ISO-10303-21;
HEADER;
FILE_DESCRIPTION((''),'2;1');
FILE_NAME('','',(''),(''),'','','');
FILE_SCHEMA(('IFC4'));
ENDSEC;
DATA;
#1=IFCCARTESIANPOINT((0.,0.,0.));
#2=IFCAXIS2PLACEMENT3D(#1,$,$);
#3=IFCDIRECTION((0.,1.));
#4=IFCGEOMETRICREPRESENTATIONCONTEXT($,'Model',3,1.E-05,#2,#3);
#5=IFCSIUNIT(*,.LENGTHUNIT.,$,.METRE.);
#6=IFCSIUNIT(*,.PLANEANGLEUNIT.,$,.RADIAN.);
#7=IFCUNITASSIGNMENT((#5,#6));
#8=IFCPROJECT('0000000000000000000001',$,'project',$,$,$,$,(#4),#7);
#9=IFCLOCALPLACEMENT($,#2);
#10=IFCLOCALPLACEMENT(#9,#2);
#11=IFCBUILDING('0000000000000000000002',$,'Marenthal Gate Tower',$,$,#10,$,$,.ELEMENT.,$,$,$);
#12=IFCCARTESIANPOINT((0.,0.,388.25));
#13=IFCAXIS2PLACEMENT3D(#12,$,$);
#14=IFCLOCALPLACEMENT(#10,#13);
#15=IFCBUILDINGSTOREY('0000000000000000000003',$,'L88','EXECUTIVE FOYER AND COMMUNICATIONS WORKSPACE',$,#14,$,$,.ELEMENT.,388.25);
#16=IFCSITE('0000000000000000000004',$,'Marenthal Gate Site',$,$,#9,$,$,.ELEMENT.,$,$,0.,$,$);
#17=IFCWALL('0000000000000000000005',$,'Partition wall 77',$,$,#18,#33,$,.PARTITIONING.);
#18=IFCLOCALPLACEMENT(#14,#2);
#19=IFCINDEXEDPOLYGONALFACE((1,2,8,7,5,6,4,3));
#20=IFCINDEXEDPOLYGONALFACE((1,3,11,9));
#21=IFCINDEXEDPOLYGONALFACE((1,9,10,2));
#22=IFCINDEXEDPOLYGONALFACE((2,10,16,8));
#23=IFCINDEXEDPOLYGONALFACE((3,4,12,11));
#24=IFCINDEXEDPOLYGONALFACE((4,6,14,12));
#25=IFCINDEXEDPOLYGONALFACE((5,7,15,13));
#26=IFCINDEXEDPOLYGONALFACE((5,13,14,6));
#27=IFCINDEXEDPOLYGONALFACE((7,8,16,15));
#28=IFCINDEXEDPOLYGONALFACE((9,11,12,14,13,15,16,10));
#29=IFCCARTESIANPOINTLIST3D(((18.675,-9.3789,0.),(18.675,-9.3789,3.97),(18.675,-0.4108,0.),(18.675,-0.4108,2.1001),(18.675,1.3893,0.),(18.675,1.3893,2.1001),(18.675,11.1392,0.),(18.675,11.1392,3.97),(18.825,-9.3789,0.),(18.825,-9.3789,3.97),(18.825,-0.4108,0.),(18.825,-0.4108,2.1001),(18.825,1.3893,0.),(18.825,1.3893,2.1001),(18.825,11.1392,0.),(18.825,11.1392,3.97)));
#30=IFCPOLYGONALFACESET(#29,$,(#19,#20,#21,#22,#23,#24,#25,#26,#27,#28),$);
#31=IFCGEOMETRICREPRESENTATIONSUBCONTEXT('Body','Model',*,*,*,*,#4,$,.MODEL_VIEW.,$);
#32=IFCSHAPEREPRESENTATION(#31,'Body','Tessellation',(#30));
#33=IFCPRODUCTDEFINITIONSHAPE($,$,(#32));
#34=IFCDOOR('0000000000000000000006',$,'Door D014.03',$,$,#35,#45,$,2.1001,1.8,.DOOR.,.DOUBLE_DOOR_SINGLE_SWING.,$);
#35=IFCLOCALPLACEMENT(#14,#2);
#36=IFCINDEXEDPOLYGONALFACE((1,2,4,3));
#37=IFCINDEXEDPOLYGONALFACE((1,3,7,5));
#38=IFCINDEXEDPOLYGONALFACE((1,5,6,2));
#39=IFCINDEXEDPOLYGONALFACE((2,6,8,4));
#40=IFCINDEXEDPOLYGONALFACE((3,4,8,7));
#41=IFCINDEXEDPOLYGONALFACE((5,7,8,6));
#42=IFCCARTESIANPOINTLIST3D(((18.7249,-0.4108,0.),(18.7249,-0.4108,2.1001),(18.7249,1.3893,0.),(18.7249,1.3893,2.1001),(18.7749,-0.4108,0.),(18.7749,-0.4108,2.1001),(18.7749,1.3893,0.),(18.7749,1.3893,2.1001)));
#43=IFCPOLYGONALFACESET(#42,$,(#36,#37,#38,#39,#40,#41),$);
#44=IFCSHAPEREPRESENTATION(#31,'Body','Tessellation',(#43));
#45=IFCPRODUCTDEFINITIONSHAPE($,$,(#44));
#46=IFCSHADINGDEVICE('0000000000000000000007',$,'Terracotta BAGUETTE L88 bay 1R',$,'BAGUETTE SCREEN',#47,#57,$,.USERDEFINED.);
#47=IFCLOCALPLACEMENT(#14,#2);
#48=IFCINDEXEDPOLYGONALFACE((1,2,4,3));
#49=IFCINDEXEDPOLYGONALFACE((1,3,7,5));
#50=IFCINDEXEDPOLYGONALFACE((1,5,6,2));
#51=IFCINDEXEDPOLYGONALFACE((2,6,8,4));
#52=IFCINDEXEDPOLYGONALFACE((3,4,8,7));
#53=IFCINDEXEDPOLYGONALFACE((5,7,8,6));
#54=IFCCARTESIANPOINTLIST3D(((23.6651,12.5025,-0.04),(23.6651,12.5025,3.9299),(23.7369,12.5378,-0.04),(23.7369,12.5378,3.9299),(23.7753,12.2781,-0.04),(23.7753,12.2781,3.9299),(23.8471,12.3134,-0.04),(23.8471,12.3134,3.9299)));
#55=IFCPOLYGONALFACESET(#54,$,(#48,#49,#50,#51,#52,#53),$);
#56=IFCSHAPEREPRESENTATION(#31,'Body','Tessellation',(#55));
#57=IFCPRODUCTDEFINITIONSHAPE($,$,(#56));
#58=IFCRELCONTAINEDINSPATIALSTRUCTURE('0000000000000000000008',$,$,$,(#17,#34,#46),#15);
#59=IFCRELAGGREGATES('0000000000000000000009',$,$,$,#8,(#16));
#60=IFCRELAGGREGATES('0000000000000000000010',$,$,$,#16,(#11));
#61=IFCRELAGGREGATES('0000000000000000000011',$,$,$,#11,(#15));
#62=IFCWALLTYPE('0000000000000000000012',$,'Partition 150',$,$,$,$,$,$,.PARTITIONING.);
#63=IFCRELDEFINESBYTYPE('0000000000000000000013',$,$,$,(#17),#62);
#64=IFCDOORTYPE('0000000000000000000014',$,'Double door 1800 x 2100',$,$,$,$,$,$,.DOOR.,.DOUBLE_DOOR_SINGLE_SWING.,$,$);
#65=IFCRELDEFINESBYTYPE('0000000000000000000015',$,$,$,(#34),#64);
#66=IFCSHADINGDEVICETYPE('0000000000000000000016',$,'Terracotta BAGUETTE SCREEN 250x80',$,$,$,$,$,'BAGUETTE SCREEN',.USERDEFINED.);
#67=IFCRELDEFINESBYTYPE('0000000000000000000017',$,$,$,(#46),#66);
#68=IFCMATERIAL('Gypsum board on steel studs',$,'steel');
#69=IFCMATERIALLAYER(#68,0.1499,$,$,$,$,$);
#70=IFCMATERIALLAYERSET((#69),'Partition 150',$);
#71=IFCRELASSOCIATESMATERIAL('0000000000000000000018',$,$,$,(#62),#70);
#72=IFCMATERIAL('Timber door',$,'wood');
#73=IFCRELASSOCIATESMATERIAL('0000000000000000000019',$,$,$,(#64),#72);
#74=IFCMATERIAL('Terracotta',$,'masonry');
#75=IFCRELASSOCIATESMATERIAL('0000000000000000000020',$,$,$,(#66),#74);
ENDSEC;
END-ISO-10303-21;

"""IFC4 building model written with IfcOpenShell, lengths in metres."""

from ifc_helpers import new_model, si_unit, direction, frame, frame_2d, origin, origin_2d, place, context, subcontext, project, spatial, rectangle, extrude, material, layer, layer_set, material_profile, profile_set, type_object, element, fill, save


model = new_model("IFC4")

# Units and contexts
model_context = context("Model", 3, precision=1e-05, world=origin(), true_north=direction((0.0, 1.0)))
body_context = subcontext(model_context, "Body", "Model", "MODEL_VIEW")
ifc_project = project(units=[si_unit("LENGTHUNIT", "METRE"), si_unit("PLANEANGLEUNIT", "RADIAN")], contexts=[model_context])

# Site, building, storey
site_placement = place(None, origin())
site = spatial("IfcSite", under=ifc_project, at=site_placement, Name="Marenthal Gate Site", CompositionType="ELEMENT", RefElevation=0.0)
building_placement = place(site_placement, origin())
building = spatial("IfcBuilding", under=site, at=building_placement, Name="Marenthal Gate Tower", CompositionType="ELEMENT")
storey_placement = place(building_placement, frame((0.0, 0.0, 388.25)))
storey = spatial("IfcBuildingStorey", under=building, at=storey_placement, Name="L88", Description="EXECUTIVE FOYER AND COMMUNICATIONS WORKSPACE", CompositionType="ELEMENT", Elevation=388.25)

# Wall, opening, door
ifc_material_1 = material(Name="Gypsum board on steel studs", Category="steel")
ifc_layer_1 = layer(ifc_material_1, 0.1499)
ifc_layer_set_1 = layer_set([ifc_layer_1], Name="Partition 150")
wall_type_1 = type_object("IfcWallType", Name="Partition 150", PredefinedType="PARTITIONING", material=ifc_layer_set_1)
wall_1_placement = place(storey_placement, frame((18.75, 11.1392, 0.0), z_axis=(0.0, 0.0, 1.0), x_axis=(0.0, -1.0, 0.0)))
wall_1 = element("IfcWall", 1, at=wall_1_placement, inside=storey, type_object=wall_type_1, Name="Partition wall 77", PredefinedType="PARTITIONING", context=body_context, shape_type="SweptSolid", body=[
    extrude(rectangle(XDim=20.5181, YDim=0.1499, at=frame_2d((10.259, 0.0))), origin(), (0.0, 0.0, 1.0), 3.97),
])
opening_1_placement = place(wall_1_placement, frame((9.75, 0.0, 0.0)))
opening_1 = element("IfcOpeningElement", 2, at=opening_1_placement, cuts=wall_1, PredefinedType="OPENING", context=body_context, shape_type="SweptSolid", body=[
    extrude(rectangle(XDim=1.8, YDim=2.1001, at=frame_2d((0.8999, 1.05))), frame((0.0, 0.085, 0.0), z_axis=(0.0, -1.0, 0.0), x_axis=(1.0, 0.0, 0.0)), (0.0, 0.0, 1.0), 0.1699),
])
ifc_material_2 = material(Name="Timber door", Category="wood")
door_type_1 = type_object("IfcDoorType", Name="Double door 1800 x 2100", OperationType="DOUBLE_DOOR_SINGLE_SWING", PredefinedType="DOOR", material=ifc_material_2)
door_1_placement = place(opening_1_placement, origin())
door_1 = element("IfcDoor", 3, at=door_1_placement, inside=storey, type_object=door_type_1, Name="Door D014.03", OperationType="DOUBLE_DOOR_SINGLE_SWING", OverallHeight=2.1001, OverallWidth=1.8, PredefinedType="DOOR", context=body_context, shape_type="SweptSolid", body=[
    extrude(rectangle(XDim=1.8, YDim=2.1001, at=frame_2d((0.8999, 1.05))), frame((0.0, 0.0249, 0.0), z_axis=(0.0, -1.0, 0.0), x_axis=(1.0, 0.0, 0.0)), (0.0, 0.0, 1.0), 0.05),
])
fill(opening_1, door_1)

# Shading device
ifc_material_3 = material(Name="Terracotta", Category="masonry")
ifc_material_profile_1 = material_profile(ifc_material_3, rectangle(XDim=0.25, YDim=0.0801, at=origin_2d()), Name="Terracotta baguette 250x80")
ifc_profile_set_1 = profile_set([ifc_material_profile_1], Name="Terracotta")
shading_device_type = type_object("IfcShadingDeviceType", Name="Terracotta BAGUETTE SCREEN 250x80", ElementType="BAGUETTE SCREEN", PredefinedType="USERDEFINED", material=ifc_profile_set_1)
shading_device_placement = place(storey_placement, frame((23.7561, 12.408, -0.04), z_axis=(0.0, 0.0, 1.0), x_axis=(-0.44081, 0.8976, 0.0)))
element("IfcShadingDevice", 4, at=shading_device_placement, inside=storey, type_object=shading_device_type, Name="Terracotta BAGUETTE L88 bay 1R", ObjectType="BAGUETTE SCREEN", PredefinedType="USERDEFINED", context=body_context, shape_type="SweptSolid", body=[
    extrude(rectangle(XDim=0.25, YDim=0.0801, at=origin_2d()), origin(), (0.0, 0.0, 1.0), 3.97),
])

save(model, "model.ifc")
